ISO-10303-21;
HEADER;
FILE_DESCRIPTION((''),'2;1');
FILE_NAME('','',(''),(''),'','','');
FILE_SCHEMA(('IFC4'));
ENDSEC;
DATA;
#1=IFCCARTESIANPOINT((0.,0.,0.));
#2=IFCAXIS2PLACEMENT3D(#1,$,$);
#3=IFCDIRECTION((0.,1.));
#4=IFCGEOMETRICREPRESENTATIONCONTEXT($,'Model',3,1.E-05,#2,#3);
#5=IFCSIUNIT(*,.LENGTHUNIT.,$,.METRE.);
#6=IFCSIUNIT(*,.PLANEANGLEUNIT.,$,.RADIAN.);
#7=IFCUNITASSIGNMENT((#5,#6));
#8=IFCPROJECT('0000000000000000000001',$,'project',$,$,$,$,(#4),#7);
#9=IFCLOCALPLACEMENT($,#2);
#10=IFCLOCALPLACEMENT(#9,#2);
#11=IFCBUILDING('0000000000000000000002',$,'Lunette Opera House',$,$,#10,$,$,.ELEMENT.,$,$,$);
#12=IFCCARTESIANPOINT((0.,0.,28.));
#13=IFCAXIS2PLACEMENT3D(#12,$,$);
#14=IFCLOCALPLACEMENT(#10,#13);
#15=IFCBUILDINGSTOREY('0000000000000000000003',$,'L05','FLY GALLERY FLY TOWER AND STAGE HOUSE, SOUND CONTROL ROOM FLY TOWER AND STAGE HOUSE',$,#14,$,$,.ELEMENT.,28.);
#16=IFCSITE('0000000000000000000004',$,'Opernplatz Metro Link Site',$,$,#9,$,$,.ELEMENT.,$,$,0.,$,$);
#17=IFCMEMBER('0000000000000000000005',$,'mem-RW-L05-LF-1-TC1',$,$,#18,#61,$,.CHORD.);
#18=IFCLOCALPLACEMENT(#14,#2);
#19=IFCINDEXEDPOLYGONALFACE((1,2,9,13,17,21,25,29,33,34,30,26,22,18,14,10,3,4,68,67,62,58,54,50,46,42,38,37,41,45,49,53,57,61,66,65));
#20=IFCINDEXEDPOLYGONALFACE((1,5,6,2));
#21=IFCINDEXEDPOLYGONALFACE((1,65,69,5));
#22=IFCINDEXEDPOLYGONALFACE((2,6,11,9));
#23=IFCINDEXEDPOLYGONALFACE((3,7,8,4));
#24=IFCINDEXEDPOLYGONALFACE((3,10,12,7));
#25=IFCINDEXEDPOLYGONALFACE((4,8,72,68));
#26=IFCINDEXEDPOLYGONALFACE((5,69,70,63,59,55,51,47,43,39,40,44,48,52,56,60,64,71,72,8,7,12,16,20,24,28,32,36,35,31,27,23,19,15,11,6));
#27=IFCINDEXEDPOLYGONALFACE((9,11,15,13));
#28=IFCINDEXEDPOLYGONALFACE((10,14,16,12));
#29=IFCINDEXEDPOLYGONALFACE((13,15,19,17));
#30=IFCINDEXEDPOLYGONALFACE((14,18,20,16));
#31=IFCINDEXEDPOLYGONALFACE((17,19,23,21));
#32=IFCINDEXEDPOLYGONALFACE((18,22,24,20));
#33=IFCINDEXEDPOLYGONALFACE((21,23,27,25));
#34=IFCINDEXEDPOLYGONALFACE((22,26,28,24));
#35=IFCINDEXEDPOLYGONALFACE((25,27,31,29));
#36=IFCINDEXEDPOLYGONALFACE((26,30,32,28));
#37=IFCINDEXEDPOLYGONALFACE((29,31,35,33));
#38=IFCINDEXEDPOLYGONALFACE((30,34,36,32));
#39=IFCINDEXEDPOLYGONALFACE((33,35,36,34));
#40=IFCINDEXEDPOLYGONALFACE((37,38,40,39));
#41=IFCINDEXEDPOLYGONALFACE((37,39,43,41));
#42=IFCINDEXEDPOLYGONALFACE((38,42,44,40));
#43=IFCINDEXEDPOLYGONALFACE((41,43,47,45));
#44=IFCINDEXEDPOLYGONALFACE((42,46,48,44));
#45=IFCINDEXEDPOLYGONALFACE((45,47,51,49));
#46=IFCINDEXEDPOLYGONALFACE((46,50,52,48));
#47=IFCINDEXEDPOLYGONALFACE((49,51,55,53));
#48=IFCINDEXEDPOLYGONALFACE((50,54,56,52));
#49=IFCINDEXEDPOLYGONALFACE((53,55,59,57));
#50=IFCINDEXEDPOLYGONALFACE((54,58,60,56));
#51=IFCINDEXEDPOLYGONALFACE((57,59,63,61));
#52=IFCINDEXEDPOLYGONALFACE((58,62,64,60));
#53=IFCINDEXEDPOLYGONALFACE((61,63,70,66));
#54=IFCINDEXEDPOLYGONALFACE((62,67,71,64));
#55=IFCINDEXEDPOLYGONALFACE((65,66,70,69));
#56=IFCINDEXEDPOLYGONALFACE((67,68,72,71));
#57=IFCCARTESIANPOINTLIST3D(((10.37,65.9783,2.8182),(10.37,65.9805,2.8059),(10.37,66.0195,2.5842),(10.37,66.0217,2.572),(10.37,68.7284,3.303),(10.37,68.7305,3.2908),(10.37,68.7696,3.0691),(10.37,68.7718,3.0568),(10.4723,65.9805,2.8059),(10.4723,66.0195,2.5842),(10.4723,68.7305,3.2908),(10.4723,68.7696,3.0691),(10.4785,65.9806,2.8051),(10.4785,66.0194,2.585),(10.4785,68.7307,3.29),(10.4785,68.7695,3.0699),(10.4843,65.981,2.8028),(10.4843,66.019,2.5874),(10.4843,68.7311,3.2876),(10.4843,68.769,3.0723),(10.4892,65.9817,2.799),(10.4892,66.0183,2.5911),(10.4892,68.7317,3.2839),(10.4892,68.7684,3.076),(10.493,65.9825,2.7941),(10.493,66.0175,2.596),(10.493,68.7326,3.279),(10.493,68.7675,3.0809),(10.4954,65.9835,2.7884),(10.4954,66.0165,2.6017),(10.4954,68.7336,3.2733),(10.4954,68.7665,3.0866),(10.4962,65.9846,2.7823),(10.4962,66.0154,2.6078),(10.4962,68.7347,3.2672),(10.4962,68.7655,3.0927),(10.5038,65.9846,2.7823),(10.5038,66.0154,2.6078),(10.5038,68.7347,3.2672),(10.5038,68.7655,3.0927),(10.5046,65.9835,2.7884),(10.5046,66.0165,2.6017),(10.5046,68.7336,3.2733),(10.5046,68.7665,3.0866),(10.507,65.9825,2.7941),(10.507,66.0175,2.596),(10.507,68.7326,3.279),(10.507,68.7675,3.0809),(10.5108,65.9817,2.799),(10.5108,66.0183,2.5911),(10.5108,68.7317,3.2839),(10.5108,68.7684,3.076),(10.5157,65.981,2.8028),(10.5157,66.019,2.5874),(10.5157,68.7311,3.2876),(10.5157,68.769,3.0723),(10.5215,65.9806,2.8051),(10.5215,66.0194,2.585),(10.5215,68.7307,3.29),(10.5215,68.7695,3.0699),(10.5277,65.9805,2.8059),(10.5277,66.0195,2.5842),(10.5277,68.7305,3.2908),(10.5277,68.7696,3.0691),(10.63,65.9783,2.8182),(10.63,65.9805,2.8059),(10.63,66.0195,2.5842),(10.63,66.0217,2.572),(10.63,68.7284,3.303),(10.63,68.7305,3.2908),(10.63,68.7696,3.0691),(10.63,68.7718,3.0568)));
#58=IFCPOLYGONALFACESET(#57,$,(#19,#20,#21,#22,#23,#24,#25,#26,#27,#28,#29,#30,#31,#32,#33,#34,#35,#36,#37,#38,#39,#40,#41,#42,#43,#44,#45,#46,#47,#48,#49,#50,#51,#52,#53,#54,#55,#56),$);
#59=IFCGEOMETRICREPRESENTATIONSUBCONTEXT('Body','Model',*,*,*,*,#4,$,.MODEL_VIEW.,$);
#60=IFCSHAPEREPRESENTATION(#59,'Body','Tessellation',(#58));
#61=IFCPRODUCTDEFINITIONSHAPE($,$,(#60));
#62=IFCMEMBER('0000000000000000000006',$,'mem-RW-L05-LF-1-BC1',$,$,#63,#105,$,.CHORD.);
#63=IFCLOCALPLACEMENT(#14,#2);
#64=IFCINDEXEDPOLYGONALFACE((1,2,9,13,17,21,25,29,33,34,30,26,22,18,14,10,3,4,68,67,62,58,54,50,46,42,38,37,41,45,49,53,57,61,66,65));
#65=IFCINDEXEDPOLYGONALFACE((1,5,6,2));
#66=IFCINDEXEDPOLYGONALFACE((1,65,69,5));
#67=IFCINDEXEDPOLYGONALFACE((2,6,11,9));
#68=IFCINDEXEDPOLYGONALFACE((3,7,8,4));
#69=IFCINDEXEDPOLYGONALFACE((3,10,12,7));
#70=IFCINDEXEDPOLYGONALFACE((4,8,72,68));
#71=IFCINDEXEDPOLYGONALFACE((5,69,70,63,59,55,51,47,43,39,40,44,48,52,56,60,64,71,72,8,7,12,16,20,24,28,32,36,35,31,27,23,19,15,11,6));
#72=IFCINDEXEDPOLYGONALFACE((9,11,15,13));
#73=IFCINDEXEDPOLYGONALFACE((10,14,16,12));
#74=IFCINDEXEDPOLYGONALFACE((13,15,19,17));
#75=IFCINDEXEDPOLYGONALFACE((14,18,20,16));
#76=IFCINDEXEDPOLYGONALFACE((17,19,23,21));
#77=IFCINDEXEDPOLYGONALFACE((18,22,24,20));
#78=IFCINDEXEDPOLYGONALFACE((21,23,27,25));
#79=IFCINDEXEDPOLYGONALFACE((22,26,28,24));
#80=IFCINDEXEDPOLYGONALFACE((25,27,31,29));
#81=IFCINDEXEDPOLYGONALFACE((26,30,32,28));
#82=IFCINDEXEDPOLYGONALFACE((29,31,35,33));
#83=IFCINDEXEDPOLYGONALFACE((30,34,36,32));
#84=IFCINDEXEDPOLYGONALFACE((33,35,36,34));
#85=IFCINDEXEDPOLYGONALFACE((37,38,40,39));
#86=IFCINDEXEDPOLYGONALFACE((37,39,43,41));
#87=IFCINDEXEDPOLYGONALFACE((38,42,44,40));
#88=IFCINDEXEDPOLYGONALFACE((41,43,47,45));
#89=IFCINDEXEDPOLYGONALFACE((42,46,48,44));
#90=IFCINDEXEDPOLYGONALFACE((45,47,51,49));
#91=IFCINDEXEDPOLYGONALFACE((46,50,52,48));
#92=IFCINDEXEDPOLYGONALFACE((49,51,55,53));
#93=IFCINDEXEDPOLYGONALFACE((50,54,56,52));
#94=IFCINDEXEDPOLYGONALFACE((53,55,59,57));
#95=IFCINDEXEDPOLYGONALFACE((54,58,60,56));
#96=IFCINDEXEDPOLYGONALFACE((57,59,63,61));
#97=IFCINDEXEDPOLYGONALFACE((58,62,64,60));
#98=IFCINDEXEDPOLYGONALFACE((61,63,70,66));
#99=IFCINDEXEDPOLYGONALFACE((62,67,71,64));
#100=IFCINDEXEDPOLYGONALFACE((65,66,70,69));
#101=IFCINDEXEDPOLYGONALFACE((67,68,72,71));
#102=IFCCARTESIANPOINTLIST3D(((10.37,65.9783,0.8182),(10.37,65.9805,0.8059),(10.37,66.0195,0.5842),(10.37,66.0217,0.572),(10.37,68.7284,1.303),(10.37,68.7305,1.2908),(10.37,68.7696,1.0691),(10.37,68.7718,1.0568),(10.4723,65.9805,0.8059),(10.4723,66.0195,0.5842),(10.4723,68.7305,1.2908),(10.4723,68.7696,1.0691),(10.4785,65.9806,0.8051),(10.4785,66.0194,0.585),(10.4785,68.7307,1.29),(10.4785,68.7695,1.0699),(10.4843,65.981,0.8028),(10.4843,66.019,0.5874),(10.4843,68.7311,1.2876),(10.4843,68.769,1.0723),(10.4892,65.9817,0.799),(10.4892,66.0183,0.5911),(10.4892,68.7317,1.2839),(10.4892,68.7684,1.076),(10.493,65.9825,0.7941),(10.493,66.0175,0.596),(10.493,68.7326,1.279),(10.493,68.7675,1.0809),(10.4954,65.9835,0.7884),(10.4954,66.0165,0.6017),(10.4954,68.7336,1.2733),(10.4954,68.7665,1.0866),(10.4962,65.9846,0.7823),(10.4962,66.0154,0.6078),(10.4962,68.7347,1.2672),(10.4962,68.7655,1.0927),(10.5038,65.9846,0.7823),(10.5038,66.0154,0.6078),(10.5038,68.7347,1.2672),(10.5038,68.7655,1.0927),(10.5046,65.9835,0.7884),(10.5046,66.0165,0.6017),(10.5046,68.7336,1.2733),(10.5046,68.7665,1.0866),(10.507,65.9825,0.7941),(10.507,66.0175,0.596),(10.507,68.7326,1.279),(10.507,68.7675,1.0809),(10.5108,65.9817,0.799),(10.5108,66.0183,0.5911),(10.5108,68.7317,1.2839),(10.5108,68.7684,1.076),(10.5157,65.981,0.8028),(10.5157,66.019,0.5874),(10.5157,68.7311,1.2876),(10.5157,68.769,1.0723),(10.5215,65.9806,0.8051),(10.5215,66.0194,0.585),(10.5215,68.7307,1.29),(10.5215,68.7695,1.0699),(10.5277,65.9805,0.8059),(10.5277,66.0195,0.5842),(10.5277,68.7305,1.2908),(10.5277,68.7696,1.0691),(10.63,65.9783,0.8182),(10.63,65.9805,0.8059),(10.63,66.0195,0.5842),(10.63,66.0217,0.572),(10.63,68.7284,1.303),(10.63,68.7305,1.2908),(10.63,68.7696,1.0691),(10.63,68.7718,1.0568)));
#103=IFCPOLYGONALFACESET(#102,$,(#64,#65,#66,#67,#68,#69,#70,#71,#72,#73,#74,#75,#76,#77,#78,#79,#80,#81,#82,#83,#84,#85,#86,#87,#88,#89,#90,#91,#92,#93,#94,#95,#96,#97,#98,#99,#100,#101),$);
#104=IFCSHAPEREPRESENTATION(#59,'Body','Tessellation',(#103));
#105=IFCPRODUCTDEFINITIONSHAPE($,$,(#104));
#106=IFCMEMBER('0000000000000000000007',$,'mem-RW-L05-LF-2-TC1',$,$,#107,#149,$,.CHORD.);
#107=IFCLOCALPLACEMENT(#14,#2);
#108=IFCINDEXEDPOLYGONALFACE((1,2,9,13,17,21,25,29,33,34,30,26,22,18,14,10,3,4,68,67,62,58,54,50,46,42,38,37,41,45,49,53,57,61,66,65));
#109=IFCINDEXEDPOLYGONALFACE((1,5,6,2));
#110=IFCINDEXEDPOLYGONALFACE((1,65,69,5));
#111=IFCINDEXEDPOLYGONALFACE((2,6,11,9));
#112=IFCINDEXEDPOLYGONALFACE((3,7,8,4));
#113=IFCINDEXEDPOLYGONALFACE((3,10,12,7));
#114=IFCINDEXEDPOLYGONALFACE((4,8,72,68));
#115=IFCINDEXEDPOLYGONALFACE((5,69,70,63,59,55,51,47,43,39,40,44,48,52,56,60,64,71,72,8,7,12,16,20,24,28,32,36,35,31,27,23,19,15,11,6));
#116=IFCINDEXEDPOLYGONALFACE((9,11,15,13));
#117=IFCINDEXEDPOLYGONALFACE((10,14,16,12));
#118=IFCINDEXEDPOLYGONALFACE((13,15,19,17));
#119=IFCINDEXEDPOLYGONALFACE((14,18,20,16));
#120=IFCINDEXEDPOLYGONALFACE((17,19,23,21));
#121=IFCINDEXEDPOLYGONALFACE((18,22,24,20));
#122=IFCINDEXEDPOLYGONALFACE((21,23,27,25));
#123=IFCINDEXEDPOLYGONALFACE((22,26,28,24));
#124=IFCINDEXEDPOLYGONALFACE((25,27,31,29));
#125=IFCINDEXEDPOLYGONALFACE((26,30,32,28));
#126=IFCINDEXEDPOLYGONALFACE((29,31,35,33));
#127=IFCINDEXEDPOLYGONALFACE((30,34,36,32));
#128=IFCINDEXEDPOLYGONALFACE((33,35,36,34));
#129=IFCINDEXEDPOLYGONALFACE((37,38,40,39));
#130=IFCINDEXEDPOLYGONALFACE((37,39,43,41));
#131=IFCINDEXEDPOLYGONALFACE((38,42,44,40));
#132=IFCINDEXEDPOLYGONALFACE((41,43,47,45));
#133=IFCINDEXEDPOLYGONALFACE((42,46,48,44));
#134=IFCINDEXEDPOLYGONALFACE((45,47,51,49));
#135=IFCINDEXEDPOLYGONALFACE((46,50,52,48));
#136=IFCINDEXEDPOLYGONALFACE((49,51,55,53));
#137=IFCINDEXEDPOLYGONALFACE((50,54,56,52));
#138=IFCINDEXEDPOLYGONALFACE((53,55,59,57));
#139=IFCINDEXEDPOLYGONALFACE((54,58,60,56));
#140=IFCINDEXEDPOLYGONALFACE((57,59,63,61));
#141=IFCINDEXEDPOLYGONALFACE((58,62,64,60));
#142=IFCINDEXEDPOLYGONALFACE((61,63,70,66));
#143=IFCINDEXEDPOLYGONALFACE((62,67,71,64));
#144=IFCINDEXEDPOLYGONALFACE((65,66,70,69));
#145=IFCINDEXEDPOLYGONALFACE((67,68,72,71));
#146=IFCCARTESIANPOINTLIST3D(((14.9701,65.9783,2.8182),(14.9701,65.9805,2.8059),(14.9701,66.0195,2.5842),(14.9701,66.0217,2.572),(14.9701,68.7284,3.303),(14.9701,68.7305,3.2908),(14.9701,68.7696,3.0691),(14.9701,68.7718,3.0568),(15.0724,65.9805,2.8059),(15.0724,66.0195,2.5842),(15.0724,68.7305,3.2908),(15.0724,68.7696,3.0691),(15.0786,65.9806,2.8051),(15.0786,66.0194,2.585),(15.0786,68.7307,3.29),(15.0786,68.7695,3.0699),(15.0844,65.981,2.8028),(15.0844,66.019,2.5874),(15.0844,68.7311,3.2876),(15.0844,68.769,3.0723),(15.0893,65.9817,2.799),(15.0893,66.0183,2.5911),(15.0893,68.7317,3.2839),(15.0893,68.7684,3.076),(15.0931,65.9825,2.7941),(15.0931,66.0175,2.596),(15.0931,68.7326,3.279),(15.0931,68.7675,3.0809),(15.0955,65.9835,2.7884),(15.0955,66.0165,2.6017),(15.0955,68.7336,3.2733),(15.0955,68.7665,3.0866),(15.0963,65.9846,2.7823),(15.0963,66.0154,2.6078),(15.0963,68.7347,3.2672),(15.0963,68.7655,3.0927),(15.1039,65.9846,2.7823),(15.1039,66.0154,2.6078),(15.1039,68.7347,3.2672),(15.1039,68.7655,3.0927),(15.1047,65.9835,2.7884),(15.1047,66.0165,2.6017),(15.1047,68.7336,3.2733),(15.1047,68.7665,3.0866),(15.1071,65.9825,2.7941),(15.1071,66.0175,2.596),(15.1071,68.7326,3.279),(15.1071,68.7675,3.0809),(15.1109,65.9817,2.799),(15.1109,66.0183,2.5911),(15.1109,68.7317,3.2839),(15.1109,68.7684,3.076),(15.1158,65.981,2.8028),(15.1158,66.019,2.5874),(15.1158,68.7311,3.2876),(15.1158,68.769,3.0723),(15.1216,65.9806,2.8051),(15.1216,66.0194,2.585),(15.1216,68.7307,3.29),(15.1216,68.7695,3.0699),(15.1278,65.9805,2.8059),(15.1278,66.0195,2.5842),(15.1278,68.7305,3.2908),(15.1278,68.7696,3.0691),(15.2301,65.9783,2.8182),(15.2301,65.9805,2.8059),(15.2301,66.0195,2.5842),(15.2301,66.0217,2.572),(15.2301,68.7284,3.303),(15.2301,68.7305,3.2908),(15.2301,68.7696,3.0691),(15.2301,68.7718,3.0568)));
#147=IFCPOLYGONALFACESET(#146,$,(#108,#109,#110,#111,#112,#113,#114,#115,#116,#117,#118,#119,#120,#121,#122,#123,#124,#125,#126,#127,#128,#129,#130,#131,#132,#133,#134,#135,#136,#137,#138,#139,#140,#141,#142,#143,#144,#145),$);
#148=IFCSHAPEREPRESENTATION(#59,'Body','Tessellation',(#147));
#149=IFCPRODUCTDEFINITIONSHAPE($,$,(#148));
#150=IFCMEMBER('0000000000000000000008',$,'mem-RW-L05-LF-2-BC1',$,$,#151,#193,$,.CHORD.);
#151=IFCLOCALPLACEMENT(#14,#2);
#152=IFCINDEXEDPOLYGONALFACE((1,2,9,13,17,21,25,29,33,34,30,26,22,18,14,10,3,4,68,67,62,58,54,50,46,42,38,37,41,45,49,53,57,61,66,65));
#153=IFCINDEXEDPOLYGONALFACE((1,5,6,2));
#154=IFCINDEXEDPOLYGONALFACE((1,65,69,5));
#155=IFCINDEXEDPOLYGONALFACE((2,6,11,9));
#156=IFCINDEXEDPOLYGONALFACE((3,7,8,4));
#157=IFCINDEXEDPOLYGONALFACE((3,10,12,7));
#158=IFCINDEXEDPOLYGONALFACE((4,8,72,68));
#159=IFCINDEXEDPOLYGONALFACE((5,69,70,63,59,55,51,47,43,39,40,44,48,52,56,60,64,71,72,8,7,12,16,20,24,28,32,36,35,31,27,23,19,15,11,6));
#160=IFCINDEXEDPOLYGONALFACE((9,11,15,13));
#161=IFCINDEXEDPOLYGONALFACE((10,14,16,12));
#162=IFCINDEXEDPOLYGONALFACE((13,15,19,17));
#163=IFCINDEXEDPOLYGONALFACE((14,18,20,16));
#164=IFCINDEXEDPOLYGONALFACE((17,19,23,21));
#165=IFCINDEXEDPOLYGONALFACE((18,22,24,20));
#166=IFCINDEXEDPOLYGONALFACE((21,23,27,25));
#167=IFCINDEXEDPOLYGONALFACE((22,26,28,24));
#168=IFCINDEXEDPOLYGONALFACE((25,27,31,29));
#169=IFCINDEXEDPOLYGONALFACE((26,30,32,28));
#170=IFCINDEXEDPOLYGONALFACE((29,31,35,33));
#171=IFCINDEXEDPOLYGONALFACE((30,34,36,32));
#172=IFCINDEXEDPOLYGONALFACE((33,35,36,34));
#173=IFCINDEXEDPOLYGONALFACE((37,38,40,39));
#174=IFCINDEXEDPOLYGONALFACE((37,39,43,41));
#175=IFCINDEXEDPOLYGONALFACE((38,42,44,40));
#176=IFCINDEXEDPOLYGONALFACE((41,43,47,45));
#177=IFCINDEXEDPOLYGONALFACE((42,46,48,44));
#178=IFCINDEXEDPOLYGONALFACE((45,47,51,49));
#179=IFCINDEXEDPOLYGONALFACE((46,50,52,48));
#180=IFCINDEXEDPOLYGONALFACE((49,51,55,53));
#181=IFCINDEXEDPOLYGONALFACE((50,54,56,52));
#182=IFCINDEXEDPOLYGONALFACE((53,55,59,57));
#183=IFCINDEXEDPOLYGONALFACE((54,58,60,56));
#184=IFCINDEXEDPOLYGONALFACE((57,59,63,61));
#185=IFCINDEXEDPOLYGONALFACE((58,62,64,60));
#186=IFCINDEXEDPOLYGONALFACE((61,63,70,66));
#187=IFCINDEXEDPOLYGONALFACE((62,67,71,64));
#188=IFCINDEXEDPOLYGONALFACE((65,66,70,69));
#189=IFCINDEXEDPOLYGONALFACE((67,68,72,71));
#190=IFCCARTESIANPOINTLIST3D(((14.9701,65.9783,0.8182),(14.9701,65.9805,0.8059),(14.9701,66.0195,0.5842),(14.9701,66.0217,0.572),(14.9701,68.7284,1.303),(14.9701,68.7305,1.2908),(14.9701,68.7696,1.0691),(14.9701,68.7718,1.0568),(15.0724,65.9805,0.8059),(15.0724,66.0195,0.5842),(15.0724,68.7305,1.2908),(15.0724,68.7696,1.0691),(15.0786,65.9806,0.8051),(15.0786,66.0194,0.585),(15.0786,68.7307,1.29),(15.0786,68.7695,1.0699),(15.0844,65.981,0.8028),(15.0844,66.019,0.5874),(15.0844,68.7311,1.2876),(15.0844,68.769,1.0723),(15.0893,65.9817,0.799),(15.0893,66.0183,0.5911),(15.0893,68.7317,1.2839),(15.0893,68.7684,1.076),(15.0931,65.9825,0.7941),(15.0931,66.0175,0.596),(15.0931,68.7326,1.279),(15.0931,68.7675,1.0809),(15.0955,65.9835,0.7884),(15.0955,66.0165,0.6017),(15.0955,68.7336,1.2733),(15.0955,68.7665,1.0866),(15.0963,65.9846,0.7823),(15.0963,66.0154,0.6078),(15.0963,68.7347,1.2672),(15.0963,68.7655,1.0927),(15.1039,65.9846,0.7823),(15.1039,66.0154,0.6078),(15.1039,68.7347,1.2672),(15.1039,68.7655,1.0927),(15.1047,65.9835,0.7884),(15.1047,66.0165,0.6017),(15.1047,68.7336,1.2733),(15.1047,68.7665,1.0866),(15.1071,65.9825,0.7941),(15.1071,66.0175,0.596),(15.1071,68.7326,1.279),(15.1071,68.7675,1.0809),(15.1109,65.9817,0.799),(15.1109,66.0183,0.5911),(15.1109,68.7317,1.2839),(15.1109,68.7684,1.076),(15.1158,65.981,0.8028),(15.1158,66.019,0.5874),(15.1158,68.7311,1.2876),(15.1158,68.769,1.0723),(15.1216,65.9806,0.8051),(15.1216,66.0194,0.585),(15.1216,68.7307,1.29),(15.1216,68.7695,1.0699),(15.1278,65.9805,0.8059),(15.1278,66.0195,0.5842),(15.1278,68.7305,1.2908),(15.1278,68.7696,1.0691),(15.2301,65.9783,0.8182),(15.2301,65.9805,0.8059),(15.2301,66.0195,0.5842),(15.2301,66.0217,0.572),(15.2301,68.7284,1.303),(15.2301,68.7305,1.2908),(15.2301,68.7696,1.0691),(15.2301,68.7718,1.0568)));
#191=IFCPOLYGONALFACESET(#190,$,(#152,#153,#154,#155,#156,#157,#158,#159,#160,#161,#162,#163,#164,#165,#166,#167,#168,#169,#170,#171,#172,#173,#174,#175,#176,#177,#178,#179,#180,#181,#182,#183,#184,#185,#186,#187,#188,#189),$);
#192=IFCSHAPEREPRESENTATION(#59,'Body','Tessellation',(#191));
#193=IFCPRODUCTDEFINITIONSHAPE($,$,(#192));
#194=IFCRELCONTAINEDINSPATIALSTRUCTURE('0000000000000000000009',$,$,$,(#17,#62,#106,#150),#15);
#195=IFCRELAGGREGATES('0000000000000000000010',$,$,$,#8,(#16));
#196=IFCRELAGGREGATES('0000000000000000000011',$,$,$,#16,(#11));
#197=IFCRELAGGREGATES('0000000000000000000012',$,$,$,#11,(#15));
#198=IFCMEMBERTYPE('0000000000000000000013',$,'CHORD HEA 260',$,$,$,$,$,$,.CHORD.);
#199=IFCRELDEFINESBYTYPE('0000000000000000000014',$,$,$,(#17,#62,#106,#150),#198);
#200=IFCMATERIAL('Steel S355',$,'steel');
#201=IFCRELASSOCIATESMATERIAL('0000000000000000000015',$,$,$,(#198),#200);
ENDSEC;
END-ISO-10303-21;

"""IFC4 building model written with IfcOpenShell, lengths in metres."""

from ifc_helpers import new_model, si_unit, direction, frame, origin, origin_2d, place, context, subcontext, project, spatial, i_section, extrude, material, material_profile, profile_set, type_object, element, save


model = new_model("IFC4")

# Units and contexts
model_context = context("Model", 3, precision=1e-05, world=origin(), true_north=direction((0.0, 1.0)))
body_context = subcontext(model_context, "Body", "Model", "MODEL_VIEW")
ifc_project = project(units=[si_unit("LENGTHUNIT", "METRE"), si_unit("PLANEANGLEUNIT", "RADIAN")], contexts=[model_context])

# Site, building, storey
site_placement = place(None, origin())
site = spatial("IfcSite", under=ifc_project, at=site_placement, Name="Opernplatz Metro Link Site", CompositionType="ELEMENT", RefElevation=0.0)
building_placement = place(site_placement, origin())
building = spatial("IfcBuilding", under=site, at=building_placement, Name="Lunette Opera House", CompositionType="ELEMENT")
storey_placement = place(building_placement, frame((0.0, 0.0, 28.0)))
storey = spatial("IfcBuildingStorey", under=building, at=storey_placement, Name="L05", Description="FLY GALLERY FLY TOWER AND STAGE HOUSE, SOUND CONTROL ROOM FLY TOWER AND STAGE HOUSE", CompositionType="ELEMENT", Elevation=28.0)

# Members
ifc_material_1 = material(Name="Steel S355", Category="steel")
ifc_material_profile_1 = material_profile(ifc_material_1, i_section(OverallWidth=0.26, OverallDepth=0.25, WebThickness=0.0076, FlangeThickness=0.0125, FilletRadius=0.0239, at=origin_2d()), Name="HEA 260")
ifc_profile_set_1 = profile_set([ifc_material_profile_1], Name="Steel S355")
member_type_1 = type_object("IfcMemberType", Name="CHORD HEA 260", PredefinedType="CHORD", material=ifc_profile_set_1)
for number, where, z_axis, x_axis, name in (
    (1, (10.5, 66.0, 2.6951), (0.0, 0.98481, 0.173636), (-1.0, 0.0, 0.0), "mem-RW-L05-LF-1-TC1"),
    (2, (10.5, 66.0, 0.6951), (0.0, 0.98481, 0.173636), (-1.0, 0.0, 0.0), "mem-RW-L05-LF-1-BC1"),
    (3, (15.1001, 66.0, 2.6951), (0.0, 0.98481, 0.173636), (-1.0, 0.0, 0.0), "mem-RW-L05-LF-2-TC1"),
    (4, (15.1001, 66.0, 0.6951), (0.0, 0.98481, 0.173636), (-1.0, 0.0, 0.0), "mem-RW-L05-LF-2-BC1"),
):
    element("IfcMember", number, at=place(storey_placement, frame(where, z_axis=z_axis, x_axis=x_axis)), inside=storey, type_object=member_type_1, Name=name, PredefinedType="CHORD", context=body_context, shape_type="SweptSolid", body=[
        extrude(i_section(OverallWidth=0.26, OverallDepth=0.25, WebThickness=0.0076, FlangeThickness=0.0125, FilletRadius=0.0239, at=origin_2d()), origin(), (0.0, 0.0, 1.0), 2.7925),
    ])

save(model, "model.ifc")
